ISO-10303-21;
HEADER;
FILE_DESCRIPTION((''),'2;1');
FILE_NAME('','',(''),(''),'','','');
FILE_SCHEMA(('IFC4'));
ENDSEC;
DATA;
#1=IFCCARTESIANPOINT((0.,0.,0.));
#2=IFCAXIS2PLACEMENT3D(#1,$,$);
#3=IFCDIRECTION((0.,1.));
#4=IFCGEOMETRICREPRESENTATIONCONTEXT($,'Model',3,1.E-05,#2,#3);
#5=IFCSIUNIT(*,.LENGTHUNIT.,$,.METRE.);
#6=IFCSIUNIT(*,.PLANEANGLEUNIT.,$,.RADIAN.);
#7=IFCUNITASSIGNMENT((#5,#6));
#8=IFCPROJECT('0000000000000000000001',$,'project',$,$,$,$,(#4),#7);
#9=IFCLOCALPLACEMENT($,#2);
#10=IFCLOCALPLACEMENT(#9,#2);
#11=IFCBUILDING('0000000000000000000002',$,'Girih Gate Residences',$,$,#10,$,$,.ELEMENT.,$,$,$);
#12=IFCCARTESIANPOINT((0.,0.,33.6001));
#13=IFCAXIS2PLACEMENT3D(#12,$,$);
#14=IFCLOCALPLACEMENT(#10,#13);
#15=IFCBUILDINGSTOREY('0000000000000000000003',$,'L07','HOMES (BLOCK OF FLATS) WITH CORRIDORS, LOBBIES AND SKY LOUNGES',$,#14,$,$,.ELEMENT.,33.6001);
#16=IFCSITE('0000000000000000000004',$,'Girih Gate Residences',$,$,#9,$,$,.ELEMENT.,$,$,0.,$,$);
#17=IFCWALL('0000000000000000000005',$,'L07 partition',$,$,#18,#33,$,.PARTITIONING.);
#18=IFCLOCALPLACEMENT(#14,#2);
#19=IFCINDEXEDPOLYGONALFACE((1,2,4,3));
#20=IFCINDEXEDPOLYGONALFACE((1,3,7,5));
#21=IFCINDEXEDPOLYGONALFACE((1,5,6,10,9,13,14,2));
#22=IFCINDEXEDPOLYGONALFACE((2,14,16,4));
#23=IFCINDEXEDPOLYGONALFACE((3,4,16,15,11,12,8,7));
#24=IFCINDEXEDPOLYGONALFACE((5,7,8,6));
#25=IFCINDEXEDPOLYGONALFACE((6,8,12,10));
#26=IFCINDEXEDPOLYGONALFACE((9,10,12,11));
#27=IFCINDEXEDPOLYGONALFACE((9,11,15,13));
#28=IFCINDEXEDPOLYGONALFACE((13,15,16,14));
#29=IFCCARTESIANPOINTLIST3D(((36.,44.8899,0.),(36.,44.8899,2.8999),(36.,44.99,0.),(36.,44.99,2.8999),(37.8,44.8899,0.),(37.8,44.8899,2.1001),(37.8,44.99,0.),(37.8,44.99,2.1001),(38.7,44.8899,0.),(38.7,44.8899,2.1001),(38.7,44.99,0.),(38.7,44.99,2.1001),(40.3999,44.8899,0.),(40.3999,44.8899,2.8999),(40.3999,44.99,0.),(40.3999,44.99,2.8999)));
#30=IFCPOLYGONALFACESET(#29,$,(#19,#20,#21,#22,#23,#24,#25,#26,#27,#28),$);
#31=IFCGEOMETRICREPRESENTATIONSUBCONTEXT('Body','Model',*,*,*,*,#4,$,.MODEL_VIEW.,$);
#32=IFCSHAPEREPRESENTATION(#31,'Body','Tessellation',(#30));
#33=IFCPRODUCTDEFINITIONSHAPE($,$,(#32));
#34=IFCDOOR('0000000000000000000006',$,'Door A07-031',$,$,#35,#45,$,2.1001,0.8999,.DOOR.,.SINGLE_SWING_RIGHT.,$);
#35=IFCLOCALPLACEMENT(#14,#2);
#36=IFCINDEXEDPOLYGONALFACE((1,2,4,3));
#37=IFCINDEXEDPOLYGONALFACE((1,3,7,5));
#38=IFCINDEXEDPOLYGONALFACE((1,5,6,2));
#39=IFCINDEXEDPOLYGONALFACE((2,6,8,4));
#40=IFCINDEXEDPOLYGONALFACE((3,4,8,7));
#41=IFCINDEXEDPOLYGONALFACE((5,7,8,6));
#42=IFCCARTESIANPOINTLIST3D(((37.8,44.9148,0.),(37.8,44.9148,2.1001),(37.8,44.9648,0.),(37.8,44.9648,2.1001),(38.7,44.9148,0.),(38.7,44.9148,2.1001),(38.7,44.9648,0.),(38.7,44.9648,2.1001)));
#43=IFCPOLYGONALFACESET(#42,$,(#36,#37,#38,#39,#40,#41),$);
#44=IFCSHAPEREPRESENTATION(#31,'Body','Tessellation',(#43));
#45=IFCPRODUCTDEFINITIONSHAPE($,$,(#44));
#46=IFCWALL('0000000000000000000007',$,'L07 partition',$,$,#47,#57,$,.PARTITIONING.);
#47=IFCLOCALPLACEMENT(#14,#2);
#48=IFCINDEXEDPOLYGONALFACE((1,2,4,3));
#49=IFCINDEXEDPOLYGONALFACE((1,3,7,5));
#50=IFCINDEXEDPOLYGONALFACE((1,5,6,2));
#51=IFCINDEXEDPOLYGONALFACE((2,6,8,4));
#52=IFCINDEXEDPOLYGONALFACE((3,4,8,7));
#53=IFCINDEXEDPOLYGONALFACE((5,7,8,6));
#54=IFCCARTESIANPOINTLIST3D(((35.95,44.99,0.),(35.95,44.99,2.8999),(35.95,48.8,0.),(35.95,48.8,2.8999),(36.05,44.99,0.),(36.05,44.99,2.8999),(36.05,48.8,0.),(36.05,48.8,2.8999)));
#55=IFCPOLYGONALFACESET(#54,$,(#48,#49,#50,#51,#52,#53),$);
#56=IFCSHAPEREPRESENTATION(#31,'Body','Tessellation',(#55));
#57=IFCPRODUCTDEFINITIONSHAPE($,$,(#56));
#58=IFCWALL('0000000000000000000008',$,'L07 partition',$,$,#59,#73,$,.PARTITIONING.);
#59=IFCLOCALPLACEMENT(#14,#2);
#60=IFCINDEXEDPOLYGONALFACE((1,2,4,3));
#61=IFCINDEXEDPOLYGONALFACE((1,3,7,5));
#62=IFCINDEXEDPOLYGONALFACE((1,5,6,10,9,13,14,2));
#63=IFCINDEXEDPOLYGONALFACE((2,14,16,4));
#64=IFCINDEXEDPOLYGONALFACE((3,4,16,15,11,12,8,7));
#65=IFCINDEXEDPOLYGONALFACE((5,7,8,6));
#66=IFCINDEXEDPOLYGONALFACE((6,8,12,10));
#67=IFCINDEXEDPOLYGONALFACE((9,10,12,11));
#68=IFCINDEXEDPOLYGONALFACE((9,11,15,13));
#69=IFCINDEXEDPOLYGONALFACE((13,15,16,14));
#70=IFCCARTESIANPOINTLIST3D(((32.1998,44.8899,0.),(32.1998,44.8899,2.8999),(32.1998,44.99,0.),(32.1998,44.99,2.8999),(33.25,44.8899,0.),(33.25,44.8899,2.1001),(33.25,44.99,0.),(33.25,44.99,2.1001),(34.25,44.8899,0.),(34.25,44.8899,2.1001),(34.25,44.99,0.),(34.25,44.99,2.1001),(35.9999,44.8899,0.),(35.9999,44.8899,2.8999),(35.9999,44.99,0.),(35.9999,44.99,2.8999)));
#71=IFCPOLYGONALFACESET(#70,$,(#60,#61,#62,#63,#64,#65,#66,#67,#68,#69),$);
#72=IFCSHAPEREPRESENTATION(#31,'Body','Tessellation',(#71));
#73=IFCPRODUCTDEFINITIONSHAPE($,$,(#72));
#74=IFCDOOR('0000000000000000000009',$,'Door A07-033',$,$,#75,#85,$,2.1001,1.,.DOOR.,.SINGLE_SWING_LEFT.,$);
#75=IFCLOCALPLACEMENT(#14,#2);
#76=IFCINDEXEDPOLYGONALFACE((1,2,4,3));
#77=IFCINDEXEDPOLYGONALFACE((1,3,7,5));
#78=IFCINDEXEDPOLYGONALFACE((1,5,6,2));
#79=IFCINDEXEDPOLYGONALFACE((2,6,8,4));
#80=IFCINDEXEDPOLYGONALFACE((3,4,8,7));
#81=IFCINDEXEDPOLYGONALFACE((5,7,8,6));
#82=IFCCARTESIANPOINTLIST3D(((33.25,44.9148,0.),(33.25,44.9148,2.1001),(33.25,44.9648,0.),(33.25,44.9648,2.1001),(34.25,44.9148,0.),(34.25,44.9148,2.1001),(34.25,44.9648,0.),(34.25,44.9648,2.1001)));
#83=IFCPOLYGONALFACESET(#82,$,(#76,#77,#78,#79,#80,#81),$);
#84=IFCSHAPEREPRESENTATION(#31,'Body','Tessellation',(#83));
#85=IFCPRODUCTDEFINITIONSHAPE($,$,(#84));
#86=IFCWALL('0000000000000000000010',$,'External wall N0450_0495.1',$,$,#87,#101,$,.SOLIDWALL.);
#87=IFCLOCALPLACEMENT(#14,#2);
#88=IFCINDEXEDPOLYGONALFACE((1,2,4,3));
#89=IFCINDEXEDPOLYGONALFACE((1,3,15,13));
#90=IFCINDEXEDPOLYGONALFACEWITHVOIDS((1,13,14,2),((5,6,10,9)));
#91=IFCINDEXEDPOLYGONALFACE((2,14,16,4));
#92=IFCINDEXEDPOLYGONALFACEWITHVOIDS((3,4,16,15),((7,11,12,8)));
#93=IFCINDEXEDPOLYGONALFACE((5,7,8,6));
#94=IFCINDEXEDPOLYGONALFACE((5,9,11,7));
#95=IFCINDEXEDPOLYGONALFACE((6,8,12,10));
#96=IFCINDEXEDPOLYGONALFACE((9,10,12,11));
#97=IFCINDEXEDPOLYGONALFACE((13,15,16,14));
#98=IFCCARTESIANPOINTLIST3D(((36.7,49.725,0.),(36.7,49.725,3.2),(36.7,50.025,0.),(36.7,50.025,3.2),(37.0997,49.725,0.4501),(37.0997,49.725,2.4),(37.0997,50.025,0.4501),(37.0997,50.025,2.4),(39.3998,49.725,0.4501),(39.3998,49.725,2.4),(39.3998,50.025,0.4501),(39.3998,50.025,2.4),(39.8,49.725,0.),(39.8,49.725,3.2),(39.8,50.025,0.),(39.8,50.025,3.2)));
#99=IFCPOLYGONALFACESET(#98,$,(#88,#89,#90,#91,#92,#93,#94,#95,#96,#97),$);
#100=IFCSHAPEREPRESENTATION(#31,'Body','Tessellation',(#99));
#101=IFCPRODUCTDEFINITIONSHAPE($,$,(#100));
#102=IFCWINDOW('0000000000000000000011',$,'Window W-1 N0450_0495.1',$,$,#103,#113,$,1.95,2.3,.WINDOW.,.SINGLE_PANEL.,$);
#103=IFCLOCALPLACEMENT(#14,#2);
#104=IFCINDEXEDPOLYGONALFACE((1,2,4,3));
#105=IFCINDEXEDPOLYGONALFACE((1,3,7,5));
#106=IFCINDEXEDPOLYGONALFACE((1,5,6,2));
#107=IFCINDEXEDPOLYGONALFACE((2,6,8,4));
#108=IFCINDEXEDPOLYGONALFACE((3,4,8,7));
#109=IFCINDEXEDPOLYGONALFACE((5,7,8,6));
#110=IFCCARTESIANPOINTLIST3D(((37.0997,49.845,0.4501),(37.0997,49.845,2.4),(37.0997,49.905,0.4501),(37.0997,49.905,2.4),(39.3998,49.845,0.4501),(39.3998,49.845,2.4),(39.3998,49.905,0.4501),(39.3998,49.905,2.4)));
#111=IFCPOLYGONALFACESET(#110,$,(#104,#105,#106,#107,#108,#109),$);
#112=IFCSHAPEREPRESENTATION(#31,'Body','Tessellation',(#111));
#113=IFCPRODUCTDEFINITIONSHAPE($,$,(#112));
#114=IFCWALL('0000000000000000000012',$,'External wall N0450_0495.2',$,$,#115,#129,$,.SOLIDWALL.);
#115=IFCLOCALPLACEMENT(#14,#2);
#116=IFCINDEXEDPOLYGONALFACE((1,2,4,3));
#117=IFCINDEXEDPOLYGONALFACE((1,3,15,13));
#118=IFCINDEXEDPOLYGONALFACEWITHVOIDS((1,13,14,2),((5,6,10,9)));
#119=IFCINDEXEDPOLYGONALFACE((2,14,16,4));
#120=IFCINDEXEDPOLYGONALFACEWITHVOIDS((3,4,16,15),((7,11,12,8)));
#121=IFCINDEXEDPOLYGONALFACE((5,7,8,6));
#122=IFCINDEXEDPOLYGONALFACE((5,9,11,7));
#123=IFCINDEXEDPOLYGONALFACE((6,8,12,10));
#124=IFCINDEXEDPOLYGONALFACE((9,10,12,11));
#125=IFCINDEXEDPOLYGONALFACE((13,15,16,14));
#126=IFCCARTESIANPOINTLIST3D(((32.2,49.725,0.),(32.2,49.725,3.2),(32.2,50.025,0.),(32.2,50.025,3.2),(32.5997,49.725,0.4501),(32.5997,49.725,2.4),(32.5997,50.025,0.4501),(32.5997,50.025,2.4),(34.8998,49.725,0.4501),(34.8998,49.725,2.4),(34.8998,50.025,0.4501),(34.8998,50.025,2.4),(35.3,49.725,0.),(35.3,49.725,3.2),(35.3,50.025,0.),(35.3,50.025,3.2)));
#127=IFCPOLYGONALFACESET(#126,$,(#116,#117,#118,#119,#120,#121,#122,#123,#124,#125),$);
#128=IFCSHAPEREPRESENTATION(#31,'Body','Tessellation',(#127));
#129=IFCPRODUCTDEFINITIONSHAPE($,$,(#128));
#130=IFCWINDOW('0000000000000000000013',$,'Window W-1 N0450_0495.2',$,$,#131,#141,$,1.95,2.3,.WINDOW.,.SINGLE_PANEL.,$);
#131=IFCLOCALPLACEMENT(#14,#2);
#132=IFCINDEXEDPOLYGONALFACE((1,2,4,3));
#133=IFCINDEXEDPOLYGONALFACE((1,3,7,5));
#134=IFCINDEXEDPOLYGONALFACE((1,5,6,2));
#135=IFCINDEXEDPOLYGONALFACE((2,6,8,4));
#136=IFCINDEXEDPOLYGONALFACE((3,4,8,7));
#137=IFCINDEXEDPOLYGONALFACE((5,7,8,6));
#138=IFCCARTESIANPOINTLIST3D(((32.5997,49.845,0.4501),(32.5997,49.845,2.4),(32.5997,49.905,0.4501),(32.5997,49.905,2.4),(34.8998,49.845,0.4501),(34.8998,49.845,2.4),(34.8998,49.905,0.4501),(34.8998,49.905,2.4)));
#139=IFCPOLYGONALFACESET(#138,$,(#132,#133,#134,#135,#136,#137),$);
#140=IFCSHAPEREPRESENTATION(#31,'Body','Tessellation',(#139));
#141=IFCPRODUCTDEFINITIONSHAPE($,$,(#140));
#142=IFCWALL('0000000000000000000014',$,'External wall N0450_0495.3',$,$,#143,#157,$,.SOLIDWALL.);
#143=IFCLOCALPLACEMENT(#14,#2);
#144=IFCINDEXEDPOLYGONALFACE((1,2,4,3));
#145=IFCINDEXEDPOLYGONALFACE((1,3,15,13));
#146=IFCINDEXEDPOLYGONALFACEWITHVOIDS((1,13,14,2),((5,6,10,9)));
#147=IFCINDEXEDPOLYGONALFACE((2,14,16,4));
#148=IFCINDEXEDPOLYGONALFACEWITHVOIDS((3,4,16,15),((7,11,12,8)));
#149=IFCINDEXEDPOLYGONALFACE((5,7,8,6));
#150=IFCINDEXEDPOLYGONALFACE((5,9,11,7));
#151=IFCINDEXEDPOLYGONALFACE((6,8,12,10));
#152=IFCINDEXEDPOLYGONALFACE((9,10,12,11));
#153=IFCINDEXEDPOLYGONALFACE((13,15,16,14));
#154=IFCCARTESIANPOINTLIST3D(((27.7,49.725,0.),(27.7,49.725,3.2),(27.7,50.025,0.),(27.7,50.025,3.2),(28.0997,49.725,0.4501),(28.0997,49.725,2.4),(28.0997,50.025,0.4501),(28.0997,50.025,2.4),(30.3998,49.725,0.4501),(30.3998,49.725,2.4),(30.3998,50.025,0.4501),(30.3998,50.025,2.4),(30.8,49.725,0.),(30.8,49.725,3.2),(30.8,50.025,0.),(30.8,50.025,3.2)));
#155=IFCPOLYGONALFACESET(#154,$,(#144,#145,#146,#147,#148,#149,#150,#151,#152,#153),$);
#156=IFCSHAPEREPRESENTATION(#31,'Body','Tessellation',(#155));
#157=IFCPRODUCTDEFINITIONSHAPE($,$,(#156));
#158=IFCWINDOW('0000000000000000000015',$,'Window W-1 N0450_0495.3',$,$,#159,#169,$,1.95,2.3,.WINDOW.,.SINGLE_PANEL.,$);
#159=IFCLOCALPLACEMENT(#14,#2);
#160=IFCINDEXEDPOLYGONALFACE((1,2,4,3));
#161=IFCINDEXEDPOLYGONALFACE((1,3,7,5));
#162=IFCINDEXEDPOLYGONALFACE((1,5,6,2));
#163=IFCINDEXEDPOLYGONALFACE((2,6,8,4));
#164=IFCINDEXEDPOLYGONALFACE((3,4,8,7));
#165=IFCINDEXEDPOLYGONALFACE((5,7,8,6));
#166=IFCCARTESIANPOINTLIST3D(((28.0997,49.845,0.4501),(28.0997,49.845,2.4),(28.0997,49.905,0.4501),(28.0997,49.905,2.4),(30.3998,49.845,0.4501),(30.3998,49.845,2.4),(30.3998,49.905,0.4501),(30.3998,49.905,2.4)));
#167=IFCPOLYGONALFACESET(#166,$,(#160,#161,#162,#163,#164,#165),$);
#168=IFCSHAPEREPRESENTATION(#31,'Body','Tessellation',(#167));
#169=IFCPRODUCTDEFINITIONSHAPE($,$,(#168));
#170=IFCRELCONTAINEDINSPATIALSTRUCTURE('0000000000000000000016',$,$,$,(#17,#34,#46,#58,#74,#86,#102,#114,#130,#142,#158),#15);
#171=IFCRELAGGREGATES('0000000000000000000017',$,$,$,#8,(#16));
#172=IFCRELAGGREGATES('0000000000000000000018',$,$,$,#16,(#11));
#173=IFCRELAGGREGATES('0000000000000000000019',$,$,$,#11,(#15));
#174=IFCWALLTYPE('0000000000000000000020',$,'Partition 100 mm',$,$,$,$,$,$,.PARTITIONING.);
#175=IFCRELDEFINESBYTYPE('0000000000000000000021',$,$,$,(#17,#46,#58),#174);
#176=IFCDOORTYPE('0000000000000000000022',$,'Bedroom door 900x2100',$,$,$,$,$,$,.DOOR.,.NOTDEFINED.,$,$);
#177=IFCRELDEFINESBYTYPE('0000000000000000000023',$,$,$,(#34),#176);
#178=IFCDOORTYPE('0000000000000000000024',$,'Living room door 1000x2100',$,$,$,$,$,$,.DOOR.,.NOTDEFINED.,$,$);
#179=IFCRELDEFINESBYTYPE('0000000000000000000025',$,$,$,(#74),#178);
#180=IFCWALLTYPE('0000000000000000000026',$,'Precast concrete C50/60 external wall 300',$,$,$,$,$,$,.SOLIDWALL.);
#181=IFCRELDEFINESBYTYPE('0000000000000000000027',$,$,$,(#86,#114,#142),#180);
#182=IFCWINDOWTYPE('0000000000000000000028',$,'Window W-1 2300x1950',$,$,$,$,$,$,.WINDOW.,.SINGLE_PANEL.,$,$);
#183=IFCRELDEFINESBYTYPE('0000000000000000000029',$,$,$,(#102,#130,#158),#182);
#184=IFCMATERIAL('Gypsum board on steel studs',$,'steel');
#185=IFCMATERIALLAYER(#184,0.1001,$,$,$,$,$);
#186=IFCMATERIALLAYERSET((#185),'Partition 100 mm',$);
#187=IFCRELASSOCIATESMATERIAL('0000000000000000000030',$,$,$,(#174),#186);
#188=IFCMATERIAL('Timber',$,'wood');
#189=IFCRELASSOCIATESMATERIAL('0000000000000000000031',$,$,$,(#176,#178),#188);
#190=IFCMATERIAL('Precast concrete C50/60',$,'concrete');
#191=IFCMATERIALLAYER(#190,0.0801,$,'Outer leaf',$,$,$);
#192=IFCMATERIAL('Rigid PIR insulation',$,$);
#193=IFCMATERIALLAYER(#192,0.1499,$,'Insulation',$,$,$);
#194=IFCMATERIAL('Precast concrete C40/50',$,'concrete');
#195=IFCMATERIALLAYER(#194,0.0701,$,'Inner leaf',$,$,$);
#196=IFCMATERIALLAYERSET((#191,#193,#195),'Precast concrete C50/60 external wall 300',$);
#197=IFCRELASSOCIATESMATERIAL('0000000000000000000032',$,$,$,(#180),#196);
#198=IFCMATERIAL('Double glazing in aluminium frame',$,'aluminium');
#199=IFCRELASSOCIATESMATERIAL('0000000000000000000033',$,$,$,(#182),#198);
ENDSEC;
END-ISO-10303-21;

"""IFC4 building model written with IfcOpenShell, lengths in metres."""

from ifc_helpers import new_model, si_unit, direction, frame, frame_2d, origin, place, context, subcontext, project, spatial, rectangle, extrude, material, layer, layer_set, type_object, element, fill, save


model = new_model("IFC4")

# Units and contexts
model_context = context("Model", 3, precision=1e-05, world=origin(), true_north=direction((0.0, 1.0)))
body_context = subcontext(model_context, "Body", "Model", "MODEL_VIEW")
ifc_project = project(units=[si_unit("LENGTHUNIT", "METRE"), si_unit("PLANEANGLEUNIT", "RADIAN")], contexts=[model_context])

# Site, building, storey
site_placement = place(None, origin())
site = spatial("IfcSite", under=ifc_project, at=site_placement, Name="Girih Gate Residences", CompositionType="ELEMENT", RefElevation=0.0)
building_placement = place(site_placement, origin())
building = spatial("IfcBuilding", under=site, at=building_placement, Name="Girih Gate Residences", CompositionType="ELEMENT")
storey_placement = place(building_placement, frame((0.0, 0.0, 33.6001)))
storey = spatial("IfcBuildingStorey", under=building, at=storey_placement, Name="L07", Description="HOMES (BLOCK OF FLATS) WITH CORRIDORS, LOBBIES AND SKY LOUNGES", CompositionType="ELEMENT", Elevation=33.6001)

# Shared definitions
ifc_material_1 = material(Name="Gypsum board on steel studs", Category="steel")

# Wall, opening, door
ifc_layer_1 = layer(ifc_material_1, 0.1001)
ifc_layer_set_1 = layer_set([ifc_layer_1], Name="Partition 100 mm")
wall_type_1 = type_object("IfcWallType", Name="Partition 100 mm", PredefinedType="PARTITIONING", material=ifc_layer_set_1)
wall_1_placement = place(storey_placement, frame((36.0, 44.9399, 0.0), z_axis=(0.0, 0.0, 1.0), x_axis=(1.0, 0.0, 0.0)))
wall_1 = element("IfcWall", 1, at=wall_1_placement, inside=storey, type_object=wall_type_1, Name="L07 partition", PredefinedType="PARTITIONING", context=body_context, shape_type="SweptSolid", body=[
    extrude(rectangle(XDim=4.3999, YDim=0.1001, at=frame_2d((2.2, 0.0))), origin(), (0.0, 0.0, 1.0), 2.8999),
])
opening_1_placement = place(wall_1_placement, frame((1.8, 0.0, 0.0)))
opening_1 = element("IfcOpeningElement", 2, at=opening_1_placement, cuts=wall_1, PredefinedType="OPENING", context=body_context, shape_type="SweptSolid", body=[
    extrude(rectangle(XDim=0.8999, YDim=2.1001, at=frame_2d((0.45, 1.05))), frame((0.0, 0.0601, 0.0), z_axis=(0.0, -1.0, 0.0), x_axis=(1.0, 0.0, 0.0)), (0.0, 0.0, 1.0), 0.1201),
])
ifc_material_2 = material(Name="Timber", Category="wood")
door_type_1 = type_object("IfcDoorType", Name="Bedroom door 900x2100", OperationType="NOTDEFINED", PredefinedType="DOOR", material=ifc_material_2)
door_1_placement = place(opening_1_placement, origin())
door_1 = element("IfcDoor", 3, at=door_1_placement, inside=storey, type_object=door_type_1, Name="Door A07-031", OperationType="SINGLE_SWING_RIGHT", OverallHeight=2.1001, OverallWidth=0.8999, PredefinedType="DOOR", context=body_context, shape_type="SweptSolid", body=[
    extrude(rectangle(XDim=0.8999, YDim=2.1001, at=frame_2d((0.45, 1.05))), frame((0.0, 0.0249, 0.0), z_axis=(0.0, -1.0, 0.0), x_axis=(1.0, 0.0, 0.0)), (0.0, 0.0, 1.0), 0.05),
])
fill(opening_1, door_1)

# Wall
wall_2_placement = place(storey_placement, frame((36.0, 44.99, 0.0), z_axis=(0.0, 0.0, 1.0), x_axis=(0.0, 1.0, 0.0)))
element("IfcWall", 4, at=wall_2_placement, inside=storey, type_object=wall_type_1, Name="L07 partition", PredefinedType="PARTITIONING", context=body_context, shape_type="SweptSolid", body=[
    extrude(rectangle(XDim=3.8101, YDim=0.1001, at=frame_2d((1.905, 0.0))), origin(), (0.0, 0.0, 1.0), 2.8999),
])

# Wall, opening, door
wall_3_placement = place(storey_placement, frame((32.2, 44.9399, 0.0), z_axis=(0.0, 0.0, 1.0), x_axis=(1.0, 0.0, 0.0)))
wall_3 = element("IfcWall", 5, at=wall_3_placement, inside=storey, type_object=wall_type_1, Name="L07 partition", PredefinedType="PARTITIONING", context=body_context, shape_type="SweptSolid", body=[
    extrude(rectangle(XDim=3.8, YDim=0.1001, at=frame_2d((1.8999, 0.0))), origin(), (0.0, 0.0, 1.0), 2.8999),
])
opening_2_placement = place(wall_3_placement, frame((1.05, 0.0, 0.0)))
opening_2 = element("IfcOpeningElement", 6, at=opening_2_placement, cuts=wall_3, PredefinedType="OPENING", context=body_context, shape_type="SweptSolid", body=[
    extrude(rectangle(XDim=1.0, YDim=2.1001, at=frame_2d((0.5, 1.05))), frame((0.0, 0.0601, 0.0), z_axis=(0.0, -1.0, 0.0), x_axis=(1.0, 0.0, 0.0)), (0.0, 0.0, 1.0), 0.1201),
])
door_type_2 = type_object("IfcDoorType", Name="Living room door 1000x2100", OperationType="NOTDEFINED", PredefinedType="DOOR", material=ifc_material_2)
door_2_placement = place(opening_2_placement, origin())
door_2 = element("IfcDoor", 7, at=door_2_placement, inside=storey, type_object=door_type_2, Name="Door A07-033", OperationType="SINGLE_SWING_LEFT", OverallHeight=2.1001, OverallWidth=1.0, PredefinedType="DOOR", context=body_context, shape_type="SweptSolid", body=[
    extrude(rectangle(XDim=1.0, YDim=2.1001, at=frame_2d((0.5, 1.05))), frame((0.0, 0.0249, 0.0), z_axis=(0.0, -1.0, 0.0), x_axis=(1.0, 0.0, 0.0)), (0.0, 0.0, 1.0), 0.05),
])
fill(opening_2, door_2)

# Walls, openings, windows
ifc_material_3 = material(Name="Precast concrete C50/60", Category="concrete")
ifc_layer_2 = layer(ifc_material_3, 0.0801, Name="Outer leaf")
ifc_material_4 = material(Name="Rigid PIR insulation")
ifc_layer_3 = layer(ifc_material_4, 0.1499, Name="Insulation")
ifc_material_5 = material(Name="Precast concrete C40/50", Category="concrete")
ifc_layer_4 = layer(ifc_material_5, 0.0701, Name="Inner leaf")
ifc_layer_set_2 = layer_set([ifc_layer_2, ifc_layer_3, ifc_layer_4], Name="Precast concrete C50/60 external wall 300")
wall_type_2 = type_object("IfcWallType", Name="Precast concrete C50/60 external wall 300", PredefinedType="SOLIDWALL", material=ifc_layer_set_2)
wall_4_placement = place(storey_placement, frame((36.7, 49.875, 0.0), z_axis=(0.0, 0.0, 1.0), x_axis=(1.0, 0.0, 0.0)))
wall_4 = element("IfcWall", 8, at=wall_4_placement, inside=storey, type_object=wall_type_2, Name="External wall N0450_0495.1", PredefinedType="SOLIDWALL", context=body_context, shape_type="SweptSolid", body=[
    extrude(rectangle(XDim=3.1001, YDim=0.3, at=frame_2d((1.55, 0.0))), origin(), (0.0, 0.0, 1.0), 3.2),
])
opening_3_placement = place(wall_4_placement, frame((0.3999, 0.0, 0.45)))
opening_3 = element("IfcOpeningElement", 9, at=opening_3_placement, cuts=wall_4, PredefinedType="OPENING", context=body_context, shape_type="SweptSolid", body=[
    extrude(rectangle(XDim=2.3, YDim=1.95, at=frame_2d((1.1499, 0.9751))), frame((0.0, 0.1599, 0.0), z_axis=(0.0, -1.0, 0.0), x_axis=(1.0, 0.0, 0.0)), (0.0, 0.0, 1.0), 0.3201),
])
ifc_material_6 = material(Name="Double glazing in aluminium frame", Category="aluminium")
window_type = type_object("IfcWindowType", Name="Window W-1 2300x1950", PartitioningType="SINGLE_PANEL", PredefinedType="WINDOW", material=ifc_material_6)
window_1_placement = place(opening_3_placement, origin())
window_1 = element("IfcWindow", 10, at=window_1_placement, inside=storey, type_object=window_type, Name="Window W-1 N0450_0495.1", OverallHeight=1.95, OverallWidth=2.3, PartitioningType="SINGLE_PANEL", PredefinedType="WINDOW", context=body_context, shape_type="SweptSolid", body=[
    extrude(rectangle(XDim=2.3, YDim=1.95, at=frame_2d((1.1499, 0.9751))), frame((0.0, 0.03, 0.0), z_axis=(0.0, -1.0, 0.0), x_axis=(1.0, 0.0, 0.0)), (0.0, 0.0, 1.0), 0.0601),
])
fill(opening_3, window_1)
wall_5_placement = place(storey_placement, frame((32.2, 49.875, 0.0), z_axis=(0.0, 0.0, 1.0), x_axis=(1.0, 0.0, 0.0)))
wall_5 = element("IfcWall", 11, at=wall_5_placement, inside=storey, type_object=wall_type_2, Name="External wall N0450_0495.2", PredefinedType="SOLIDWALL", context=body_context, shape_type="SweptSolid", body=[
    extrude(rectangle(XDim=3.1001, YDim=0.3, at=frame_2d((1.55, 0.0))), origin(), (0.0, 0.0, 1.0), 3.2),
])
opening_4_placement = place(wall_5_placement, frame((0.3999, 0.0, 0.45)))
opening_4 = element("IfcOpeningElement", 12, at=opening_4_placement, cuts=wall_5, PredefinedType="OPENING", context=body_context, shape_type="SweptSolid", body=[
    extrude(rectangle(XDim=2.3, YDim=1.95, at=frame_2d((1.1499, 0.9751))), frame((0.0, 0.1599, 0.0), z_axis=(0.0, -1.0, 0.0), x_axis=(1.0, 0.0, 0.0)), (0.0, 0.0, 1.0), 0.3201),
])
window_2_placement = place(opening_4_placement, origin())
window_2 = element("IfcWindow", 13, at=window_2_placement, inside=storey, type_object=window_type, Name="Window W-1 N0450_0495.2", OverallHeight=1.95, OverallWidth=2.3, PartitioningType="SINGLE_PANEL", PredefinedType="WINDOW", context=body_context, shape_type="SweptSolid", body=[
    extrude(rectangle(XDim=2.3, YDim=1.95, at=frame_2d((1.1499, 0.9751))), frame((0.0, 0.03, 0.0), z_axis=(0.0, -1.0, 0.0), x_axis=(1.0, 0.0, 0.0)), (0.0, 0.0, 1.0), 0.0601),
])
fill(opening_4, window_2)
wall_6_placement = place(storey_placement, frame((27.7, 49.875, 0.0), z_axis=(0.0, 0.0, 1.0), x_axis=(1.0, 0.0, 0.0)))
wall_6 = element("IfcWall", 14, at=wall_6_placement, inside=storey, type_object=wall_type_2, Name="External wall N0450_0495.3", PredefinedType="SOLIDWALL", context=body_context, shape_type="SweptSolid", body=[
    extrude(rectangle(XDim=3.1001, YDim=0.3, at=frame_2d((1.55, 0.0))), origin(), (0.0, 0.0, 1.0), 3.2),
])
opening_5_placement = place(wall_6_placement, frame((0.3999, 0.0, 0.45)))
opening_5 = element("IfcOpeningElement", 15, at=opening_5_placement, cuts=wall_6, PredefinedType="OPENING", context=body_context, shape_type="SweptSolid", body=[
    extrude(rectangle(XDim=2.3, YDim=1.95, at=frame_2d((1.1499, 0.9751))), frame((0.0, 0.1599, 0.0), z_axis=(0.0, -1.0, 0.0), x_axis=(1.0, 0.0, 0.0)), (0.0, 0.0, 1.0), 0.3201),
])
window_3_placement = place(opening_5_placement, origin())
window_3 = element("IfcWindow", 16, at=window_3_placement, inside=storey, type_object=window_type, Name="Window W-1 N0450_0495.3", OverallHeight=1.95, OverallWidth=2.3, PartitioningType="SINGLE_PANEL", PredefinedType="WINDOW", context=body_context, shape_type="SweptSolid", body=[
    extrude(rectangle(XDim=2.3, YDim=1.95, at=frame_2d((1.1499, 0.9751))), frame((0.0, 0.03, 0.0), z_axis=(0.0, -1.0, 0.0), x_axis=(1.0, 0.0, 0.0)), (0.0, 0.0, 1.0), 0.0601),
])
fill(opening_5, window_3)

save(model, "model.ifc")
